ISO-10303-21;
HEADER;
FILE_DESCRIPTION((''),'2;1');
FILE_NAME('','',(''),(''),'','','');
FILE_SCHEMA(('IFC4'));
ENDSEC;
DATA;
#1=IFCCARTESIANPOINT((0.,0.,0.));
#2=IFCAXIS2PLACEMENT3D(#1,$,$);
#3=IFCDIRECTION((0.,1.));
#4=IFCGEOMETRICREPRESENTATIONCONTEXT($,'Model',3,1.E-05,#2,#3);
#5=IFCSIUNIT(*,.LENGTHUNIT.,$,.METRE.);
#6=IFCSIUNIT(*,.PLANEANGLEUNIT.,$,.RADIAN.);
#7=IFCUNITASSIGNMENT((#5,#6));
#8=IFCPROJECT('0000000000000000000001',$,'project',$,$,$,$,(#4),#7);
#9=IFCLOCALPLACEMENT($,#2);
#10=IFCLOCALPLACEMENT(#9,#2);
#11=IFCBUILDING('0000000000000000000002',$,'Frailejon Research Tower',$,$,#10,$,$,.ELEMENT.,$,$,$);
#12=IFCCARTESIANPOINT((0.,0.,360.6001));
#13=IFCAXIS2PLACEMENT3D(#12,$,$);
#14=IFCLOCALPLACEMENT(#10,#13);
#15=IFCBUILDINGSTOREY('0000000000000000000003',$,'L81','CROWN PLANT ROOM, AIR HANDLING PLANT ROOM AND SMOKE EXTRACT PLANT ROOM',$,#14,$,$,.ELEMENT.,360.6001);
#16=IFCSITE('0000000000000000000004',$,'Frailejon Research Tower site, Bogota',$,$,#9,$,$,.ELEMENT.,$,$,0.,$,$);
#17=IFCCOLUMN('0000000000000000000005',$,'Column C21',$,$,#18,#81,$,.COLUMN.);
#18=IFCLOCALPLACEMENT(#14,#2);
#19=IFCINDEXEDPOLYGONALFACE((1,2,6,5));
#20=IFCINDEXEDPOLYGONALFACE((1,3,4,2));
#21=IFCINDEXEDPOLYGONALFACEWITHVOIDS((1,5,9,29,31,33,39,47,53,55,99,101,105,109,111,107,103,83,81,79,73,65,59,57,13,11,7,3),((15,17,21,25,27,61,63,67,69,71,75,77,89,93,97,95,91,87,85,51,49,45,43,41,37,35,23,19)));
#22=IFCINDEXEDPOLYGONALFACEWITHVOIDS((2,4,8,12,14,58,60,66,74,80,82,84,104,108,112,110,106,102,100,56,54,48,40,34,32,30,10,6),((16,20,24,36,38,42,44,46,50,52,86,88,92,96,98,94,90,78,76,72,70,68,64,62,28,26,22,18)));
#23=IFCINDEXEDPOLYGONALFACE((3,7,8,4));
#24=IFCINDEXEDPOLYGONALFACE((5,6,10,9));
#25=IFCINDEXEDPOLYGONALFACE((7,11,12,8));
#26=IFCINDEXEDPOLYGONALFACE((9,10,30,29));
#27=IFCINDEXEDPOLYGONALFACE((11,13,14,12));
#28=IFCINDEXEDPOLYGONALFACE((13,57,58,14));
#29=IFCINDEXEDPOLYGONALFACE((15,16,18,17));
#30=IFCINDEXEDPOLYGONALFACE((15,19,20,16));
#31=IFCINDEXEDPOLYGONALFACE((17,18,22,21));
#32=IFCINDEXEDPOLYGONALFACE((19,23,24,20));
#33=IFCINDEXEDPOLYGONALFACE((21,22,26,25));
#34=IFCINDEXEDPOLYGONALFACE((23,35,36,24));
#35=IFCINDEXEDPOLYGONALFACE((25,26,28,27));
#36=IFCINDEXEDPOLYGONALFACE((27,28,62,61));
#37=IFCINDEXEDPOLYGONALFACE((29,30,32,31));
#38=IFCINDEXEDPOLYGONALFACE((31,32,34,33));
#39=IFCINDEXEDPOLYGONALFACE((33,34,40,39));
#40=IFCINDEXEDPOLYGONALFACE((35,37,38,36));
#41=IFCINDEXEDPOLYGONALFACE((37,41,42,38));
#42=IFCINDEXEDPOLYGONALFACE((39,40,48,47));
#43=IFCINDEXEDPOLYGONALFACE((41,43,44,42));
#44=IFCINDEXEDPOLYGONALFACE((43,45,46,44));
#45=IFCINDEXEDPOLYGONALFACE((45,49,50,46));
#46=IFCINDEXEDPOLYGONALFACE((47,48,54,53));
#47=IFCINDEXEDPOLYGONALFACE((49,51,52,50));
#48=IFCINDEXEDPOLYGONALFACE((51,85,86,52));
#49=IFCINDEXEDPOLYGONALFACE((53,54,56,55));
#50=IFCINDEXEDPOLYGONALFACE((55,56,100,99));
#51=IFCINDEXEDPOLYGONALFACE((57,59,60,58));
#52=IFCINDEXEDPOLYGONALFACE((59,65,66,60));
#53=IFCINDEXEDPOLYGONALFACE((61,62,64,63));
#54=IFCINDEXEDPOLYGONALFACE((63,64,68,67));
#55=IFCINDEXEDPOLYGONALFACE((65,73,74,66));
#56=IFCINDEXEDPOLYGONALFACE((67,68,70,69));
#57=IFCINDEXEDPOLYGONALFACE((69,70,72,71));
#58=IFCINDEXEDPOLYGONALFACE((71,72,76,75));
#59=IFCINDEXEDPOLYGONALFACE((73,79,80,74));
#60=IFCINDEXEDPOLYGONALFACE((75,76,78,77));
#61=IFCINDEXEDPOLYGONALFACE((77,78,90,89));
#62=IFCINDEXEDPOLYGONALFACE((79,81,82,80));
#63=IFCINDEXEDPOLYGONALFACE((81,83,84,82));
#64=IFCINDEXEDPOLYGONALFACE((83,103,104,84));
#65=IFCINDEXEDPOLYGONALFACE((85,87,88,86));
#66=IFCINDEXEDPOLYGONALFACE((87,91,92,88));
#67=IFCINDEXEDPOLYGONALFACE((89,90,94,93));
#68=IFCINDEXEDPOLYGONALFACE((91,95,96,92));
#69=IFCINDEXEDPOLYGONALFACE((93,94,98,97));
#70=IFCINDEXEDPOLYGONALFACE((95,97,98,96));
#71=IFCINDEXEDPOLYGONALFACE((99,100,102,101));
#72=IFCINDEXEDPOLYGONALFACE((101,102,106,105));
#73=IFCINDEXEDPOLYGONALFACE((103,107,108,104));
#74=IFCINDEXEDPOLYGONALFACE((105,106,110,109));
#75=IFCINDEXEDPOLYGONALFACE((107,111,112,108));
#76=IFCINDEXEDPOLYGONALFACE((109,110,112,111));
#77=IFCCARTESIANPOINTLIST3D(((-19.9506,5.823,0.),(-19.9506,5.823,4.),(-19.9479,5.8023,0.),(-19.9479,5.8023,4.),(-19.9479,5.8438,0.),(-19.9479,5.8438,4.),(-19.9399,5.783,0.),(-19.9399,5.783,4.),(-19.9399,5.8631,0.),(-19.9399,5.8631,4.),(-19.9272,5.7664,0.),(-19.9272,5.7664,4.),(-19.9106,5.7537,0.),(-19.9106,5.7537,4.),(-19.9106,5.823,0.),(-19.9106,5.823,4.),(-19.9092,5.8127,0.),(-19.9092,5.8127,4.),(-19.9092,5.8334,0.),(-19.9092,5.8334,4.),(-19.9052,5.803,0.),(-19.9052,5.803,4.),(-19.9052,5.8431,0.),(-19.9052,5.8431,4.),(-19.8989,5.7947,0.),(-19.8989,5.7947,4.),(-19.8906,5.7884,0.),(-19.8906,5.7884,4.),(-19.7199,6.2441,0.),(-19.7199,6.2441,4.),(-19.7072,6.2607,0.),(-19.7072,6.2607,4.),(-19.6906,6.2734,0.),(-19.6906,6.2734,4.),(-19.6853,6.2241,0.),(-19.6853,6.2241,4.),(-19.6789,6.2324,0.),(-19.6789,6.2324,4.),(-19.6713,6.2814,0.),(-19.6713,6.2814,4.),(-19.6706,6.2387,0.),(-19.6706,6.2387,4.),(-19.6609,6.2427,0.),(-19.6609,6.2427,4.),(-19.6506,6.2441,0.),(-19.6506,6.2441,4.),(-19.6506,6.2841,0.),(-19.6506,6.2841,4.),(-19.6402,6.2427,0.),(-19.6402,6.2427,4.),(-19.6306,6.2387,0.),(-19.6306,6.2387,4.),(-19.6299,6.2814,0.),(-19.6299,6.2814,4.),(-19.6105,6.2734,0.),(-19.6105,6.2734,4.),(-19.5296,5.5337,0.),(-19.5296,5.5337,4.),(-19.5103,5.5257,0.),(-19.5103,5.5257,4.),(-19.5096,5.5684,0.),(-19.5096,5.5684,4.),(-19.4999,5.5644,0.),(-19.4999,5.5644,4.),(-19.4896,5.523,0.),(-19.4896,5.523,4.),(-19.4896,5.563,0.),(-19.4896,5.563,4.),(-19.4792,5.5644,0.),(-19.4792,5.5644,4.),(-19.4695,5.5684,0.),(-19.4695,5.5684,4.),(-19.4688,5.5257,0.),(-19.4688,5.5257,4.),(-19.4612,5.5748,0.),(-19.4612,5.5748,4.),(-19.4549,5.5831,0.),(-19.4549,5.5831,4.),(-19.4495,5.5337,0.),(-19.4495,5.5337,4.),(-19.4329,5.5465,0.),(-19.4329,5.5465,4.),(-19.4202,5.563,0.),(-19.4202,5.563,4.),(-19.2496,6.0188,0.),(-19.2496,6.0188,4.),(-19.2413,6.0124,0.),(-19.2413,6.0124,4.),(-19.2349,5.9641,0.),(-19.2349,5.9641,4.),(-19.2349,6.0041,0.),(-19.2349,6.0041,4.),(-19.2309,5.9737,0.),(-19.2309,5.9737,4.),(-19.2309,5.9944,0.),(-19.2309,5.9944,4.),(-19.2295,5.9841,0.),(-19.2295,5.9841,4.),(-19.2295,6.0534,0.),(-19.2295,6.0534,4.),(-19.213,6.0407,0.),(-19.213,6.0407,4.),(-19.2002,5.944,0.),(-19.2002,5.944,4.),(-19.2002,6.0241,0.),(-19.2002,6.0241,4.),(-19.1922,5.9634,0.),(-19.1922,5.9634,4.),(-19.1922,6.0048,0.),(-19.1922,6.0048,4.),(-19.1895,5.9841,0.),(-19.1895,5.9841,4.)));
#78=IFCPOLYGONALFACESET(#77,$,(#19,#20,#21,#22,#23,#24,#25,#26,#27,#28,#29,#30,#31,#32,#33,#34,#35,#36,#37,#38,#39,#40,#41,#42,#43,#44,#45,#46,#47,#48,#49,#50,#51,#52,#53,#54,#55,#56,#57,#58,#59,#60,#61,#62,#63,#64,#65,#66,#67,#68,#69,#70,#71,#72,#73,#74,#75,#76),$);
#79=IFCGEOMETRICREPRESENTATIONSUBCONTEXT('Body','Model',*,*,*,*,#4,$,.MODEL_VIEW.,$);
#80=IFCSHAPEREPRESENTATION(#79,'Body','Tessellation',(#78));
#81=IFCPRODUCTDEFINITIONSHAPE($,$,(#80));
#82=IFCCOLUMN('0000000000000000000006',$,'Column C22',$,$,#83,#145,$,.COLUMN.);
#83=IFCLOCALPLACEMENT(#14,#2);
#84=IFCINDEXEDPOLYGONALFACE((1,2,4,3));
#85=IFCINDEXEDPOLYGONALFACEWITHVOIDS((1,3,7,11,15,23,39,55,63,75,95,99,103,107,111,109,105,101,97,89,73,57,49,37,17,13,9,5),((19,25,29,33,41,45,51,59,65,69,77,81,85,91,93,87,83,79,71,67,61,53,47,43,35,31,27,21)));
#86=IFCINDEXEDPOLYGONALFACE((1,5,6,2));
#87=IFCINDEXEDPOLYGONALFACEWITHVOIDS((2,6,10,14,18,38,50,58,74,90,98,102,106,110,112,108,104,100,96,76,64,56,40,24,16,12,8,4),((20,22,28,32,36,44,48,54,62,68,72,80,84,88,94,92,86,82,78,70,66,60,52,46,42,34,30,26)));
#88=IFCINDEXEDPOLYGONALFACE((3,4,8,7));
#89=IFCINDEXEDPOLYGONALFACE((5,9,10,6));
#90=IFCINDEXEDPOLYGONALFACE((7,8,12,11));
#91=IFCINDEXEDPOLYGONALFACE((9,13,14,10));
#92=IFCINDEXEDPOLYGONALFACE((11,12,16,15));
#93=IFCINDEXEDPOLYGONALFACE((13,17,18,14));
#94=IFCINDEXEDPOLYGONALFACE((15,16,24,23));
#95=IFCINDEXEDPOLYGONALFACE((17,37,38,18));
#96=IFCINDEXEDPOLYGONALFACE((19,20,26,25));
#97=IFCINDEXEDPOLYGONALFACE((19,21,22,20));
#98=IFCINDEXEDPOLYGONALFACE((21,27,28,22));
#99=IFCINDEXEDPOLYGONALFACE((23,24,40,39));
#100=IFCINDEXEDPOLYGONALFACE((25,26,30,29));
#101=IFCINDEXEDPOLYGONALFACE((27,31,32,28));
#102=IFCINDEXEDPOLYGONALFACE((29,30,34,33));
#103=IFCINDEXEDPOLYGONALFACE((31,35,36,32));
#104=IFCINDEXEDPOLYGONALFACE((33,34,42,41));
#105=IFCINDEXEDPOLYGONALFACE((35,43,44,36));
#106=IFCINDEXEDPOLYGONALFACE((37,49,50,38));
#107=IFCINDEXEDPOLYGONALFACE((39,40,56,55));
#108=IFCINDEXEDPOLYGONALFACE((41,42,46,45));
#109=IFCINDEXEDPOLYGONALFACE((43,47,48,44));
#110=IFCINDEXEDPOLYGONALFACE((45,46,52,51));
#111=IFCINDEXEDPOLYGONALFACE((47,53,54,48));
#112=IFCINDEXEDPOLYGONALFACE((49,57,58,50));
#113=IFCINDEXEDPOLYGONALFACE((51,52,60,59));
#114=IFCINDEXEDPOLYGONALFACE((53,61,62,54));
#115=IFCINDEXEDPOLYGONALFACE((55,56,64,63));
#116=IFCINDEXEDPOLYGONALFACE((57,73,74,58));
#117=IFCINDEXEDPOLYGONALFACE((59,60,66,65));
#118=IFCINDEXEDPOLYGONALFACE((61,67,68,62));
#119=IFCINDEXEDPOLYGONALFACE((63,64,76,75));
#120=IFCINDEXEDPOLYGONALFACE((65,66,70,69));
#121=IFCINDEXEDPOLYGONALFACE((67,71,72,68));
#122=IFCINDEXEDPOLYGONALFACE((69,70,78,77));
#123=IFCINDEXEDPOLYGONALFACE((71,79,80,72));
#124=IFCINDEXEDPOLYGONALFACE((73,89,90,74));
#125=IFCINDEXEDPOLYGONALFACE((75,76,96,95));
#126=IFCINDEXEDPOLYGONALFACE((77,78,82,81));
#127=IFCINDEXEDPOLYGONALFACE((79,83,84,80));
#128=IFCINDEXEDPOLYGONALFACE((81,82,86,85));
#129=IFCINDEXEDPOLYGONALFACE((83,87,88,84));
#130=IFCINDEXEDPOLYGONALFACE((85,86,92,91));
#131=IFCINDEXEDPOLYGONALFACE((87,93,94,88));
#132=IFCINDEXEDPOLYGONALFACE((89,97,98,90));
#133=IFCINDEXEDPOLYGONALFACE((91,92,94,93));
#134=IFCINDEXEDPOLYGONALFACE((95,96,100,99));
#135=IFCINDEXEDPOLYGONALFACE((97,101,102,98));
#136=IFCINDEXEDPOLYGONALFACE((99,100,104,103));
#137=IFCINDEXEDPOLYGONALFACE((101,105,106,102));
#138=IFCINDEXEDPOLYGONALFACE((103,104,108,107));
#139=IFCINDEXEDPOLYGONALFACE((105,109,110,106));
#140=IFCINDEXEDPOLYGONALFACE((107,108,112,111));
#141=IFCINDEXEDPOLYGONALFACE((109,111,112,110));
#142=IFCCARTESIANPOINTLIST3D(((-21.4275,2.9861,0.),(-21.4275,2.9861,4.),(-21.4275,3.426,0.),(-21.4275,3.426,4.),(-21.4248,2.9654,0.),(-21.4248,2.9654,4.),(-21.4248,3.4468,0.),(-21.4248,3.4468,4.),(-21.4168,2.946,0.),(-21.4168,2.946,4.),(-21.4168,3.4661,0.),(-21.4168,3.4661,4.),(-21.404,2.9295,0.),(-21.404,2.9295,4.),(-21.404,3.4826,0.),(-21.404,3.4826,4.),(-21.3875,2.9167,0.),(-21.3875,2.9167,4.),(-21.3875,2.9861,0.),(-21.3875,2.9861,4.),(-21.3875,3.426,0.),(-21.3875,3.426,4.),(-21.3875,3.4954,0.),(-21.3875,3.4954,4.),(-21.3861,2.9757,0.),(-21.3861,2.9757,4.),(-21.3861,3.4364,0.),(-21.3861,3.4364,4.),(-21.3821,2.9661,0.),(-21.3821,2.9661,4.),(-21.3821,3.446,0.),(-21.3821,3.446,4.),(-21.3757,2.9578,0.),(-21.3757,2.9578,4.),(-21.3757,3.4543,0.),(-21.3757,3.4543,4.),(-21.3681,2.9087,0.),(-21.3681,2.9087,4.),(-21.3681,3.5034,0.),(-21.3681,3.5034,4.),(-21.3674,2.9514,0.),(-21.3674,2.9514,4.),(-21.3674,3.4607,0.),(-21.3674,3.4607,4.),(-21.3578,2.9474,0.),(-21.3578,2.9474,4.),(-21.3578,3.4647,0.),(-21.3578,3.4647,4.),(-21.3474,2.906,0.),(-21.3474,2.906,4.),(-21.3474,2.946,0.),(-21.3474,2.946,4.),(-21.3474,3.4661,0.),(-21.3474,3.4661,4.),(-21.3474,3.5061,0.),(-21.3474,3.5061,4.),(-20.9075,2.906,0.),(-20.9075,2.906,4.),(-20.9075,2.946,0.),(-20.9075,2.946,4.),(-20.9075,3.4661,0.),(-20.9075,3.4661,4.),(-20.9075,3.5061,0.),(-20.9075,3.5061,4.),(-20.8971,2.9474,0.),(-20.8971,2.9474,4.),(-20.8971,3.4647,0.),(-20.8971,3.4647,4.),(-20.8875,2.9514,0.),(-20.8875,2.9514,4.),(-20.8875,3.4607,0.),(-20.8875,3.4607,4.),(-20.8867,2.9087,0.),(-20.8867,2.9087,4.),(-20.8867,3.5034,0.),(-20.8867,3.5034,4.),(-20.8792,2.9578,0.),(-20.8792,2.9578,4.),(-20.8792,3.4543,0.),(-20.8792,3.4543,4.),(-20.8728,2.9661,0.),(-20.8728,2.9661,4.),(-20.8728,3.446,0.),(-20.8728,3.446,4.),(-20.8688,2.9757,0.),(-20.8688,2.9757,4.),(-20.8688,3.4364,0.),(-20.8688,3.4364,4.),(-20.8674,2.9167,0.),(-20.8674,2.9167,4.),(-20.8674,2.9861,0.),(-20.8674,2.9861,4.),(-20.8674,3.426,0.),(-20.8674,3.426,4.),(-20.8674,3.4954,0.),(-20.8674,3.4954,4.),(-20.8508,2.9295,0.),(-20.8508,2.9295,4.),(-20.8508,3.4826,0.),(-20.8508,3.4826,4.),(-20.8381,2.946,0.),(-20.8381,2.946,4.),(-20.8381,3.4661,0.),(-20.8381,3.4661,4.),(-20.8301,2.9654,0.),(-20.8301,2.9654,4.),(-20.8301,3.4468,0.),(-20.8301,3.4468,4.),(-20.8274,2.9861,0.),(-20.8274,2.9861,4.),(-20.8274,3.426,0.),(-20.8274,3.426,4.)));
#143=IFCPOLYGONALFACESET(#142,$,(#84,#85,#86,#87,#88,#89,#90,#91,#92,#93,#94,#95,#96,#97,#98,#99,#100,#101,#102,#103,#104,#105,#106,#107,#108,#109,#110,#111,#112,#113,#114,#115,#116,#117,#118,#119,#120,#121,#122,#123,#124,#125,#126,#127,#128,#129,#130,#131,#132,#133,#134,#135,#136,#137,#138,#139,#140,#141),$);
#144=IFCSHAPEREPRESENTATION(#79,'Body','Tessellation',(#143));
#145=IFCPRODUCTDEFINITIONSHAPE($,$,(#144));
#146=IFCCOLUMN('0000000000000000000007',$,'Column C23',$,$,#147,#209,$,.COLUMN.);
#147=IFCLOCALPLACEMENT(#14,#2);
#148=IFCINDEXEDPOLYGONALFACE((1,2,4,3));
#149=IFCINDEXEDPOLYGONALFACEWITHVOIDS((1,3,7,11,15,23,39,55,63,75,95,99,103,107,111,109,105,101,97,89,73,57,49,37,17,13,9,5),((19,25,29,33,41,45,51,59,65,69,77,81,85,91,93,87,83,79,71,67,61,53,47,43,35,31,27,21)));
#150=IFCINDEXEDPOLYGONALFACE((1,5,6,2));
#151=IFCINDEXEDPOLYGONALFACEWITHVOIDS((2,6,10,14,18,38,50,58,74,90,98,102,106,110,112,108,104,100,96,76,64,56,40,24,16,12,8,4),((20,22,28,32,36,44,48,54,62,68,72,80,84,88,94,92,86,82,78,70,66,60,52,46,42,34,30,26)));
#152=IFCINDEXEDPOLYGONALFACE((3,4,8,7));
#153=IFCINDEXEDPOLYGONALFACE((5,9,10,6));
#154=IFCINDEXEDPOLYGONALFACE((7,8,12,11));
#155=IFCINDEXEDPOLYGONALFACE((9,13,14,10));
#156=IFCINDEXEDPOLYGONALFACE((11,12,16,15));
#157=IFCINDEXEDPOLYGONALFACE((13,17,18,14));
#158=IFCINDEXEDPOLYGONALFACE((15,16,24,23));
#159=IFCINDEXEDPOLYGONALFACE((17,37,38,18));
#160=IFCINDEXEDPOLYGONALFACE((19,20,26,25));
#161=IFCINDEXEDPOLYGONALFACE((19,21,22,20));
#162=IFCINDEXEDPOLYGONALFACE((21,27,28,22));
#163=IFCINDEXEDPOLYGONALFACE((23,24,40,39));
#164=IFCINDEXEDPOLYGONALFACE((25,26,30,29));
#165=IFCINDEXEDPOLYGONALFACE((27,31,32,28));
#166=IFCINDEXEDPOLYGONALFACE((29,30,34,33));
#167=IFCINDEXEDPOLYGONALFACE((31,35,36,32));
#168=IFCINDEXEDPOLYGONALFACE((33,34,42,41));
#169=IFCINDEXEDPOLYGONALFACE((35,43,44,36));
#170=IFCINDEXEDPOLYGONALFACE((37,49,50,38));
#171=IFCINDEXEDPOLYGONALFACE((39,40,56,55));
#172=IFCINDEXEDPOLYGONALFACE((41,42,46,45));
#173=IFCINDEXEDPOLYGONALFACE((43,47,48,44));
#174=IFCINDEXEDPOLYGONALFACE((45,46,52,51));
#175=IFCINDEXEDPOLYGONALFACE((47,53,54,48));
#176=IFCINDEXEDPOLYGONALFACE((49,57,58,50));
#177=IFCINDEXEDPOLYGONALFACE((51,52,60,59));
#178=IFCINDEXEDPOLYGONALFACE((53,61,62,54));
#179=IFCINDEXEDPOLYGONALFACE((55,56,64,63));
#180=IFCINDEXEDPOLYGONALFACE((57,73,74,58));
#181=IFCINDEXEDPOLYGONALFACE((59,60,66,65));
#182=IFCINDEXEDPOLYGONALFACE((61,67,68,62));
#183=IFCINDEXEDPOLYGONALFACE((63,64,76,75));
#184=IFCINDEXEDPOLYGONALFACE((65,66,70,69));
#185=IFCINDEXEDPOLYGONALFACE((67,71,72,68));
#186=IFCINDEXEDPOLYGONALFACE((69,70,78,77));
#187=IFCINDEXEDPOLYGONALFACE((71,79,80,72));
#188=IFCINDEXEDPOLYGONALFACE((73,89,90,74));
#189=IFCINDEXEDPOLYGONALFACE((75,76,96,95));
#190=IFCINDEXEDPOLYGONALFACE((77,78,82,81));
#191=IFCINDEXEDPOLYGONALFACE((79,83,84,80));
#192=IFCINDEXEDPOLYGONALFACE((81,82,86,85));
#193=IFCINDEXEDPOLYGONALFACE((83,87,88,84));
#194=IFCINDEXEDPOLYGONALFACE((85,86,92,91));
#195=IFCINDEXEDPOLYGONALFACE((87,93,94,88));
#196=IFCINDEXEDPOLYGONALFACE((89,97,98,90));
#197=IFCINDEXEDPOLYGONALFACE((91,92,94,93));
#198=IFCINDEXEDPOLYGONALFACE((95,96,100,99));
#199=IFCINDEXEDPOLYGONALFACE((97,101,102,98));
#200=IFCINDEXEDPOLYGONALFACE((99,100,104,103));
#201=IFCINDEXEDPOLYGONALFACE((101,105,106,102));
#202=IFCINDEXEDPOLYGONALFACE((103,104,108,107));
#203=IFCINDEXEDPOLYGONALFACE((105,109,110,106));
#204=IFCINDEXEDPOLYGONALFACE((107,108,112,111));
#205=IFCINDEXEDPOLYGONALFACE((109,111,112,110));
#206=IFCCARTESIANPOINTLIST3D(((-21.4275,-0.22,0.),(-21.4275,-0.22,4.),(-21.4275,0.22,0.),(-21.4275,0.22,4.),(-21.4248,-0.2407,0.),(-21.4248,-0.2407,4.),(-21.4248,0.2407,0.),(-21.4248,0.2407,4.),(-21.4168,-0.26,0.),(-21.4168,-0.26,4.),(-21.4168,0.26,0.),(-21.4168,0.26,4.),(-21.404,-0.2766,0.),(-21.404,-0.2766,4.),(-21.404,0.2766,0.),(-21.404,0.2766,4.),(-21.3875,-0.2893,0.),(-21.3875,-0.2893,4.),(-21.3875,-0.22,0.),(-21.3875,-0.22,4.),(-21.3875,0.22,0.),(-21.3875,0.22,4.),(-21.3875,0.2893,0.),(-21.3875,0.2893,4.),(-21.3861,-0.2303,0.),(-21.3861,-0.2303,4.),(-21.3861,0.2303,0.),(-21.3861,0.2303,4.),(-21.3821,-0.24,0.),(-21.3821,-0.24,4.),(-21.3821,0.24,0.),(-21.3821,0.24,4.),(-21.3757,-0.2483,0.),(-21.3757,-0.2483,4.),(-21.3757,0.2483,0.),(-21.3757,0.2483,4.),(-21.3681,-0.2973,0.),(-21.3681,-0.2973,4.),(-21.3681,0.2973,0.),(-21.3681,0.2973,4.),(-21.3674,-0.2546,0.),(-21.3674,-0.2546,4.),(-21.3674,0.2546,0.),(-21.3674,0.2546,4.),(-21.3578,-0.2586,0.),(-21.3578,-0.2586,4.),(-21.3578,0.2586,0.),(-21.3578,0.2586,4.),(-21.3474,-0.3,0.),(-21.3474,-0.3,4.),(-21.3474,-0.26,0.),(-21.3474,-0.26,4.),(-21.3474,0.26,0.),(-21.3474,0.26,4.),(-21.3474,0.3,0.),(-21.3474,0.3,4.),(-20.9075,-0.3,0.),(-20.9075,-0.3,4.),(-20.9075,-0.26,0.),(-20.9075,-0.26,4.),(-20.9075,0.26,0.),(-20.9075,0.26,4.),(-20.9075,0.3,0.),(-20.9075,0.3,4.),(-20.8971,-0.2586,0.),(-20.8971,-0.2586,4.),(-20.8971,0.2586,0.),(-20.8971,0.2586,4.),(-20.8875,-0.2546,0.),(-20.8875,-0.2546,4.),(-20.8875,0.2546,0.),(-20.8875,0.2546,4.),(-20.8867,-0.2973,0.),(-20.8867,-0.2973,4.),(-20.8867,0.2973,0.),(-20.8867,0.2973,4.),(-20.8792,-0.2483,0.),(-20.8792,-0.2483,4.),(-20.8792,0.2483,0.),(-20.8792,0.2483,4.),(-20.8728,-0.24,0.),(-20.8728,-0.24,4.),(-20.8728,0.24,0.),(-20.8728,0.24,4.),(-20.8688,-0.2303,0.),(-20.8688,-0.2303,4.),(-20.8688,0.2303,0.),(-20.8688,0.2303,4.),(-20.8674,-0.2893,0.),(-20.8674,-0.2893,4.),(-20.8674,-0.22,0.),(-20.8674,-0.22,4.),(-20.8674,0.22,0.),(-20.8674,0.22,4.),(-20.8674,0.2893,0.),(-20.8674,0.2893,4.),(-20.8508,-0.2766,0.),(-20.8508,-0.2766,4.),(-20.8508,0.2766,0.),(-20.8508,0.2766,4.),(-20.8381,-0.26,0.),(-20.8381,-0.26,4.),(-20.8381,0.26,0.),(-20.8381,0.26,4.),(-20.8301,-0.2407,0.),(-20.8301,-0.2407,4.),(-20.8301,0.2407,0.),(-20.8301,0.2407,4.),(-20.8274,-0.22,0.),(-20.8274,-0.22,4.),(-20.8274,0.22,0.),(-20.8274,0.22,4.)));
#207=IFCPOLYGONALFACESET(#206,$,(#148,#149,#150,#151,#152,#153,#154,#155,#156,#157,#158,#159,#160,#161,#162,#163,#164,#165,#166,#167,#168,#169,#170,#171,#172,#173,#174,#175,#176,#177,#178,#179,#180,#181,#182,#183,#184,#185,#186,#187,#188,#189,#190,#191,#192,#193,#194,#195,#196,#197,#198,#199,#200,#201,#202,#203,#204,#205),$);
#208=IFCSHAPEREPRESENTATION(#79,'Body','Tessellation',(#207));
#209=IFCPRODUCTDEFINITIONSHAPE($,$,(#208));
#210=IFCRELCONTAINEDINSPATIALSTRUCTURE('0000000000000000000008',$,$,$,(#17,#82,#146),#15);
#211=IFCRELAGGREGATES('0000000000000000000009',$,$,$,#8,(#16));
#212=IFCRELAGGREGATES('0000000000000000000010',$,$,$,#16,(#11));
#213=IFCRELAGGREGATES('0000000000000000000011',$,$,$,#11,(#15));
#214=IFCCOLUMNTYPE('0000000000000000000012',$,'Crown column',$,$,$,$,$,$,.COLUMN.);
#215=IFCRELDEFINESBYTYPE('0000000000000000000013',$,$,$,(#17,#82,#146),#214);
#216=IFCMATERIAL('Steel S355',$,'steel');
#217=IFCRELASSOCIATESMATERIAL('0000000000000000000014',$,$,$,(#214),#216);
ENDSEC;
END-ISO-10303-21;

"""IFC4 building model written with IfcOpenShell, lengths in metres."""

from ifc_helpers import new_model, si_unit, direction, frame, origin, origin_2d, place, context, subcontext, project, spatial, hollow_rectangle, extrude, material, material_profile, profile_set, type_object, element, save


model = new_model("IFC4")

# Units and contexts
model_context = context("Model", 3, precision=1e-05, world=origin(), true_north=direction((0.0, 1.0)))
body_context = subcontext(model_context, "Body", "Model", "MODEL_VIEW")
ifc_project = project(units=[si_unit("LENGTHUNIT", "METRE"), si_unit("PLANEANGLEUNIT", "RADIAN")], contexts=[model_context])

# Site, building, storey
site_placement = place(None, origin())
site = spatial("IfcSite", under=ifc_project, at=site_placement, Name="Frailejon Research Tower site, Bogota", CompositionType="ELEMENT", RefElevation=0.0)
building_placement = place(site_placement, origin())
building = spatial("IfcBuilding", under=site, at=building_placement, Name="Frailejon Research Tower", CompositionType="ELEMENT")
storey_placement = place(building_placement, frame((0.0, 0.0, 360.6001)))
storey = spatial("IfcBuildingStorey", under=building, at=storey_placement, Name="L81", Description="CROWN PLANT ROOM, AIR HANDLING PLANT ROOM AND SMOKE EXTRACT PLANT ROOM", CompositionType="ELEMENT", Elevation=360.6001)

# Columns
ifc_material_1 = material(Name="Steel S355", Category="steel")
ifc_material_profile_1 = material_profile(ifc_material_1, hollow_rectangle(XDim=0.6001, YDim=0.6001, WallThickness=0.04, InnerFilletRadius=0.04, OuterFilletRadius=0.0801, at=origin_2d()), Name="Crown column")
ifc_profile_set_1 = profile_set([ifc_material_profile_1], Name="Steel S355")
column_type = type_object("IfcColumnType", Name="Crown column", PredefinedType="COLUMN", material=ifc_profile_set_1)
for number, where, z_axis, x_axis, name in (
    (1, (-19.5701, 5.9036, 0.0), (0.0, 0.0, 1.0), (-0.5, -0.866025, 0.0), "Column C21"),
    (2, (-21.1274, 3.2061, 0.0), (0.0, 0.0, 1.0), (0.0, -1.0, 0.0), "Column C22"),
    (3, (-21.1274, 0.0, 0.0), (0.0, 0.0, 1.0), (0.0, -1.0, 0.0), "Column C23"),
):
    element("IfcColumn", number, at=place(storey_placement, frame(where, z_axis=z_axis, x_axis=x_axis)), inside=storey, type_object=column_type, Name=name, PredefinedType="COLUMN", context=body_context, shape_type="SweptSolid", body=[
        extrude(hollow_rectangle(XDim=0.6001, YDim=0.6001, WallThickness=0.04, InnerFilletRadius=0.04, OuterFilletRadius=0.0801, at=origin_2d()), origin(), (0.0, 0.0, 1.0), 4.0),
    ])

save(model, "model.ifc")
